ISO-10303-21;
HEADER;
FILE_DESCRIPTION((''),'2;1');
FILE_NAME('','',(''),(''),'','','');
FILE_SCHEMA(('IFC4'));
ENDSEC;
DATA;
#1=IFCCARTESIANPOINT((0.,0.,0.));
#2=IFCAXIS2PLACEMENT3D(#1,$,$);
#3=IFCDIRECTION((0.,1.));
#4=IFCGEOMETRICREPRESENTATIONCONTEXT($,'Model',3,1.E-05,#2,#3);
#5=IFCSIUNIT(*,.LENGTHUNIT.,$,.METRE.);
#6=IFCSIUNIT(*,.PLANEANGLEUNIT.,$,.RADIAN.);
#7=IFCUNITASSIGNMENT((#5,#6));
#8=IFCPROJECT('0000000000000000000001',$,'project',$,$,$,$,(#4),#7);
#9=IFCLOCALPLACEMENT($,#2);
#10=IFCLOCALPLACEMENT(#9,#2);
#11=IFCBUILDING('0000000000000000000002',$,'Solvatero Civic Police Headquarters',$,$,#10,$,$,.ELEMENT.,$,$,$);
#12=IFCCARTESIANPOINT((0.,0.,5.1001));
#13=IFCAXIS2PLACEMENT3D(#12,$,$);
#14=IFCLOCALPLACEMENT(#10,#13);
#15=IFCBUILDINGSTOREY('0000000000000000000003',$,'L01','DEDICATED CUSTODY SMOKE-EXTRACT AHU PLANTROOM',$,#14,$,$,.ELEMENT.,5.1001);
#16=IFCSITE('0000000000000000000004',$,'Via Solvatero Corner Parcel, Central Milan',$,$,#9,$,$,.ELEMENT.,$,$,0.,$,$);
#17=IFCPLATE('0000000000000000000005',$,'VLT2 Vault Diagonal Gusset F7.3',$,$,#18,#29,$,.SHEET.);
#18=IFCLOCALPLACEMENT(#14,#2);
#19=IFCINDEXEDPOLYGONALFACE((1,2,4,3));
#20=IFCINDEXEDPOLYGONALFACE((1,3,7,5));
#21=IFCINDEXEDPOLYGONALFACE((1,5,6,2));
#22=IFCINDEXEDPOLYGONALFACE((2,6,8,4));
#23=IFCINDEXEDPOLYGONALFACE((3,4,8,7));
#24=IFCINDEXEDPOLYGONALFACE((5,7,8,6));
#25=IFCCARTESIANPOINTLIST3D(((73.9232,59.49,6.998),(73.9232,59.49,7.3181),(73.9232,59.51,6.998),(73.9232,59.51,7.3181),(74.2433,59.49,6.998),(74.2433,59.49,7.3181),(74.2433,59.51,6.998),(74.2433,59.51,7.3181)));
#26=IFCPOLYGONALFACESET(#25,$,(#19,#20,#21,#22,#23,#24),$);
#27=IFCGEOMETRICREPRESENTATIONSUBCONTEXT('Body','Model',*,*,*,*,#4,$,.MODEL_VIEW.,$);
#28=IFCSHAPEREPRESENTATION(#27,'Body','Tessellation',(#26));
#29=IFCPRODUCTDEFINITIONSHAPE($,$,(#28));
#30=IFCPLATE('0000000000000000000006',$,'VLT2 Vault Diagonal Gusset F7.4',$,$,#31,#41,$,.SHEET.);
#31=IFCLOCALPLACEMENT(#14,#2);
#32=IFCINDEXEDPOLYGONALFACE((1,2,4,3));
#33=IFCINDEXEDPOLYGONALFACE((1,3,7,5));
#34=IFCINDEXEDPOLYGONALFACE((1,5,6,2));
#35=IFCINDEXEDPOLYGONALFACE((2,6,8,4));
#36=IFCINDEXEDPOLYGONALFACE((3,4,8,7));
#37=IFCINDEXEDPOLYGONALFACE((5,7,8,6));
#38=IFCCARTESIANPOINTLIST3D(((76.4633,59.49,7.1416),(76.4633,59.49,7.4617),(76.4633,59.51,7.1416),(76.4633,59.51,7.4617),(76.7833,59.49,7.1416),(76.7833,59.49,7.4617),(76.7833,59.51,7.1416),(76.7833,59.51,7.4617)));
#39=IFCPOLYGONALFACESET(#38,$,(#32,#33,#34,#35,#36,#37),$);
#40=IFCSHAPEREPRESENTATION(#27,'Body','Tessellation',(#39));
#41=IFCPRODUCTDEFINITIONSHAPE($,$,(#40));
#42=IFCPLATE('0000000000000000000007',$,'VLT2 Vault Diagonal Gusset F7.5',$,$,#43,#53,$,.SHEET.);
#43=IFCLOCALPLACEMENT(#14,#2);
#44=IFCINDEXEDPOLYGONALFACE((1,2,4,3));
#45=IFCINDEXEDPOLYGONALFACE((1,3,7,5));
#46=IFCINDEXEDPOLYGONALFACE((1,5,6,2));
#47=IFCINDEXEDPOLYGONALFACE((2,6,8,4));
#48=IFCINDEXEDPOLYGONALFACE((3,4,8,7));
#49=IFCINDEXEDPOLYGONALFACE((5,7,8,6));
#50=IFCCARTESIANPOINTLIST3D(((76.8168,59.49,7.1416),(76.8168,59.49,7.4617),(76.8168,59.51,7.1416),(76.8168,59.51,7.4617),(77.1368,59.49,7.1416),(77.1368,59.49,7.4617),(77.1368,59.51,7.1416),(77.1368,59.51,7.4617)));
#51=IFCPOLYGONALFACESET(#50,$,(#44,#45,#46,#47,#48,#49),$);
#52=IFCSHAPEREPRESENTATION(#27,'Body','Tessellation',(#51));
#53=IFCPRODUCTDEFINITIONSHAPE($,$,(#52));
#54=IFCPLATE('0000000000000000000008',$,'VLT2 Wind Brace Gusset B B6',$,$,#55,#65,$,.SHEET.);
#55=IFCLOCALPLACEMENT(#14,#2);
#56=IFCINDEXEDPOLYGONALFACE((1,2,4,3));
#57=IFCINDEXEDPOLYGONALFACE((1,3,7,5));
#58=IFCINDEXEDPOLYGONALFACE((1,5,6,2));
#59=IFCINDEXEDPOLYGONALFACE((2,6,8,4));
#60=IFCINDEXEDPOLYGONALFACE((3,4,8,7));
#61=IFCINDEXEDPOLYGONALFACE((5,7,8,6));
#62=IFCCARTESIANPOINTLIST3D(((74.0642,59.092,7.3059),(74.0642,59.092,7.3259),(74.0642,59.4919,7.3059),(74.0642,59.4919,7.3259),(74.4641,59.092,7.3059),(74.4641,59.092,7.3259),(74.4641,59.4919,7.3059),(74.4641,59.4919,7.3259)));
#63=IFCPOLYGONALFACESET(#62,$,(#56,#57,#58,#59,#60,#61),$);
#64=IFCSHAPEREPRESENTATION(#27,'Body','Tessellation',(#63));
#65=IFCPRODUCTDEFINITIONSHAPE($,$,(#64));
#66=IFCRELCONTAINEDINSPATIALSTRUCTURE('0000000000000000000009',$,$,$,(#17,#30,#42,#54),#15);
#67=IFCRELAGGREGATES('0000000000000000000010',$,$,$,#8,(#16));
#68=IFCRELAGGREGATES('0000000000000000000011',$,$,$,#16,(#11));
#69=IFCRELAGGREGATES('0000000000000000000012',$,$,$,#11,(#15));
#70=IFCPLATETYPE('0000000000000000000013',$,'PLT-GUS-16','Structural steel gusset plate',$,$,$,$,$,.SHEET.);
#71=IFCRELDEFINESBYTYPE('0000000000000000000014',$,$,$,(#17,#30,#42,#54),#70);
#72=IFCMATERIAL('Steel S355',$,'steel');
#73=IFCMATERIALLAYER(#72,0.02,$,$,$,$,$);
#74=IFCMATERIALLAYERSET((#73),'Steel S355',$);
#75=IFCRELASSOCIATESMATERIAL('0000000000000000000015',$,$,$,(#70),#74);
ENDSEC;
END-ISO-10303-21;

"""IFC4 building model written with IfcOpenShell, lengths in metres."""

from ifc_helpers import new_model, si_unit, direction, frame, origin, origin_2d, place, context, subcontext, project, spatial, rectangle, extrude, material, layer, layer_set, type_object, element, save


model = new_model("IFC4")

# Units and contexts
model_context = context("Model", 3, precision=1e-05, world=origin(), true_north=direction((0.0, 1.0)))
body_context = subcontext(model_context, "Body", "Model", "MODEL_VIEW")
ifc_project = project(units=[si_unit("LENGTHUNIT", "METRE"), si_unit("PLANEANGLEUNIT", "RADIAN")], contexts=[model_context])

# Site, building, storey
site_placement = place(None, origin())
site = spatial("IfcSite", under=ifc_project, at=site_placement, Name="Via Solvatero Corner Parcel, Central Milan", CompositionType="ELEMENT", RefElevation=0.0)
building_placement = place(site_placement, origin())
building = spatial("IfcBuilding", under=site, at=building_placement, Name="Solvatero Civic Police Headquarters", CompositionType="ELEMENT")
storey_placement = place(building_placement, frame((0.0, 0.0, 5.1001)))
storey = spatial("IfcBuildingStorey", under=building, at=storey_placement, Name="L01", Description="DEDICATED CUSTODY SMOKE-EXTRACT AHU PLANTROOM", CompositionType="ELEMENT", Elevation=5.1001)

# Shared definitions
ifc_material = material(Name="Steel S355", Category="steel")

# Plates
ifc_layer = layer(ifc_material, 0.02)
ifc_layer_set = layer_set([ifc_layer], Name="Steel S355")
plate_type = type_object("IfcPlateType", Name="PLT-GUS-16", Description="Structural steel gusset plate", PredefinedType="SHEET", material=ifc_layer_set)
for number, where, z_axis, x_axis, name in (
    (1, (74.0833, 59.5, 6.998), (0.0, 0.0, 1.0), (1.0, 0.0, 0.0), "VLT2 Vault Diagonal Gusset F7.3"),
    (2, (76.6233, 59.5, 7.1416), (0.0, 0.0, 1.0), (1.0, 0.0, 0.0), "VLT2 Vault Diagonal Gusset F7.4"),
    (3, (76.9768, 59.5, 7.1416), (0.0, 0.0, 1.0), (1.0, 0.0, 0.0), "VLT2 Vault Diagonal Gusset F7.5"),
):
    element("IfcPlate", number, at=place(storey_placement, frame(where, z_axis=z_axis, x_axis=x_axis)), inside=storey, type_object=plate_type, Name=name, PredefinedType="SHEET", context=body_context, shape_type="SweptSolid", body=[
        extrude(rectangle(XDim=0.3201, YDim=0.02, at=origin_2d()), origin(), (0.0, 0.0, 1.0), 0.3201),
    ])
plate_placement = place(storey_placement, frame((74.2642, 59.292, 7.3059), z_axis=(0.0, 0.0, 1.0), x_axis=(1.0, 0.0, 0.0)))
element("IfcPlate", 4, at=plate_placement, inside=storey, type_object=plate_type, Name="VLT2 Wind Brace Gusset B B6", PredefinedType="SHEET", context=body_context, shape_type="SweptSolid", body=[
    extrude(rectangle(XDim=0.3999, YDim=0.3999, at=origin_2d()), origin(), (0.0, 0.0, 1.0), 0.02),
])

save(model, "model.ifc")
